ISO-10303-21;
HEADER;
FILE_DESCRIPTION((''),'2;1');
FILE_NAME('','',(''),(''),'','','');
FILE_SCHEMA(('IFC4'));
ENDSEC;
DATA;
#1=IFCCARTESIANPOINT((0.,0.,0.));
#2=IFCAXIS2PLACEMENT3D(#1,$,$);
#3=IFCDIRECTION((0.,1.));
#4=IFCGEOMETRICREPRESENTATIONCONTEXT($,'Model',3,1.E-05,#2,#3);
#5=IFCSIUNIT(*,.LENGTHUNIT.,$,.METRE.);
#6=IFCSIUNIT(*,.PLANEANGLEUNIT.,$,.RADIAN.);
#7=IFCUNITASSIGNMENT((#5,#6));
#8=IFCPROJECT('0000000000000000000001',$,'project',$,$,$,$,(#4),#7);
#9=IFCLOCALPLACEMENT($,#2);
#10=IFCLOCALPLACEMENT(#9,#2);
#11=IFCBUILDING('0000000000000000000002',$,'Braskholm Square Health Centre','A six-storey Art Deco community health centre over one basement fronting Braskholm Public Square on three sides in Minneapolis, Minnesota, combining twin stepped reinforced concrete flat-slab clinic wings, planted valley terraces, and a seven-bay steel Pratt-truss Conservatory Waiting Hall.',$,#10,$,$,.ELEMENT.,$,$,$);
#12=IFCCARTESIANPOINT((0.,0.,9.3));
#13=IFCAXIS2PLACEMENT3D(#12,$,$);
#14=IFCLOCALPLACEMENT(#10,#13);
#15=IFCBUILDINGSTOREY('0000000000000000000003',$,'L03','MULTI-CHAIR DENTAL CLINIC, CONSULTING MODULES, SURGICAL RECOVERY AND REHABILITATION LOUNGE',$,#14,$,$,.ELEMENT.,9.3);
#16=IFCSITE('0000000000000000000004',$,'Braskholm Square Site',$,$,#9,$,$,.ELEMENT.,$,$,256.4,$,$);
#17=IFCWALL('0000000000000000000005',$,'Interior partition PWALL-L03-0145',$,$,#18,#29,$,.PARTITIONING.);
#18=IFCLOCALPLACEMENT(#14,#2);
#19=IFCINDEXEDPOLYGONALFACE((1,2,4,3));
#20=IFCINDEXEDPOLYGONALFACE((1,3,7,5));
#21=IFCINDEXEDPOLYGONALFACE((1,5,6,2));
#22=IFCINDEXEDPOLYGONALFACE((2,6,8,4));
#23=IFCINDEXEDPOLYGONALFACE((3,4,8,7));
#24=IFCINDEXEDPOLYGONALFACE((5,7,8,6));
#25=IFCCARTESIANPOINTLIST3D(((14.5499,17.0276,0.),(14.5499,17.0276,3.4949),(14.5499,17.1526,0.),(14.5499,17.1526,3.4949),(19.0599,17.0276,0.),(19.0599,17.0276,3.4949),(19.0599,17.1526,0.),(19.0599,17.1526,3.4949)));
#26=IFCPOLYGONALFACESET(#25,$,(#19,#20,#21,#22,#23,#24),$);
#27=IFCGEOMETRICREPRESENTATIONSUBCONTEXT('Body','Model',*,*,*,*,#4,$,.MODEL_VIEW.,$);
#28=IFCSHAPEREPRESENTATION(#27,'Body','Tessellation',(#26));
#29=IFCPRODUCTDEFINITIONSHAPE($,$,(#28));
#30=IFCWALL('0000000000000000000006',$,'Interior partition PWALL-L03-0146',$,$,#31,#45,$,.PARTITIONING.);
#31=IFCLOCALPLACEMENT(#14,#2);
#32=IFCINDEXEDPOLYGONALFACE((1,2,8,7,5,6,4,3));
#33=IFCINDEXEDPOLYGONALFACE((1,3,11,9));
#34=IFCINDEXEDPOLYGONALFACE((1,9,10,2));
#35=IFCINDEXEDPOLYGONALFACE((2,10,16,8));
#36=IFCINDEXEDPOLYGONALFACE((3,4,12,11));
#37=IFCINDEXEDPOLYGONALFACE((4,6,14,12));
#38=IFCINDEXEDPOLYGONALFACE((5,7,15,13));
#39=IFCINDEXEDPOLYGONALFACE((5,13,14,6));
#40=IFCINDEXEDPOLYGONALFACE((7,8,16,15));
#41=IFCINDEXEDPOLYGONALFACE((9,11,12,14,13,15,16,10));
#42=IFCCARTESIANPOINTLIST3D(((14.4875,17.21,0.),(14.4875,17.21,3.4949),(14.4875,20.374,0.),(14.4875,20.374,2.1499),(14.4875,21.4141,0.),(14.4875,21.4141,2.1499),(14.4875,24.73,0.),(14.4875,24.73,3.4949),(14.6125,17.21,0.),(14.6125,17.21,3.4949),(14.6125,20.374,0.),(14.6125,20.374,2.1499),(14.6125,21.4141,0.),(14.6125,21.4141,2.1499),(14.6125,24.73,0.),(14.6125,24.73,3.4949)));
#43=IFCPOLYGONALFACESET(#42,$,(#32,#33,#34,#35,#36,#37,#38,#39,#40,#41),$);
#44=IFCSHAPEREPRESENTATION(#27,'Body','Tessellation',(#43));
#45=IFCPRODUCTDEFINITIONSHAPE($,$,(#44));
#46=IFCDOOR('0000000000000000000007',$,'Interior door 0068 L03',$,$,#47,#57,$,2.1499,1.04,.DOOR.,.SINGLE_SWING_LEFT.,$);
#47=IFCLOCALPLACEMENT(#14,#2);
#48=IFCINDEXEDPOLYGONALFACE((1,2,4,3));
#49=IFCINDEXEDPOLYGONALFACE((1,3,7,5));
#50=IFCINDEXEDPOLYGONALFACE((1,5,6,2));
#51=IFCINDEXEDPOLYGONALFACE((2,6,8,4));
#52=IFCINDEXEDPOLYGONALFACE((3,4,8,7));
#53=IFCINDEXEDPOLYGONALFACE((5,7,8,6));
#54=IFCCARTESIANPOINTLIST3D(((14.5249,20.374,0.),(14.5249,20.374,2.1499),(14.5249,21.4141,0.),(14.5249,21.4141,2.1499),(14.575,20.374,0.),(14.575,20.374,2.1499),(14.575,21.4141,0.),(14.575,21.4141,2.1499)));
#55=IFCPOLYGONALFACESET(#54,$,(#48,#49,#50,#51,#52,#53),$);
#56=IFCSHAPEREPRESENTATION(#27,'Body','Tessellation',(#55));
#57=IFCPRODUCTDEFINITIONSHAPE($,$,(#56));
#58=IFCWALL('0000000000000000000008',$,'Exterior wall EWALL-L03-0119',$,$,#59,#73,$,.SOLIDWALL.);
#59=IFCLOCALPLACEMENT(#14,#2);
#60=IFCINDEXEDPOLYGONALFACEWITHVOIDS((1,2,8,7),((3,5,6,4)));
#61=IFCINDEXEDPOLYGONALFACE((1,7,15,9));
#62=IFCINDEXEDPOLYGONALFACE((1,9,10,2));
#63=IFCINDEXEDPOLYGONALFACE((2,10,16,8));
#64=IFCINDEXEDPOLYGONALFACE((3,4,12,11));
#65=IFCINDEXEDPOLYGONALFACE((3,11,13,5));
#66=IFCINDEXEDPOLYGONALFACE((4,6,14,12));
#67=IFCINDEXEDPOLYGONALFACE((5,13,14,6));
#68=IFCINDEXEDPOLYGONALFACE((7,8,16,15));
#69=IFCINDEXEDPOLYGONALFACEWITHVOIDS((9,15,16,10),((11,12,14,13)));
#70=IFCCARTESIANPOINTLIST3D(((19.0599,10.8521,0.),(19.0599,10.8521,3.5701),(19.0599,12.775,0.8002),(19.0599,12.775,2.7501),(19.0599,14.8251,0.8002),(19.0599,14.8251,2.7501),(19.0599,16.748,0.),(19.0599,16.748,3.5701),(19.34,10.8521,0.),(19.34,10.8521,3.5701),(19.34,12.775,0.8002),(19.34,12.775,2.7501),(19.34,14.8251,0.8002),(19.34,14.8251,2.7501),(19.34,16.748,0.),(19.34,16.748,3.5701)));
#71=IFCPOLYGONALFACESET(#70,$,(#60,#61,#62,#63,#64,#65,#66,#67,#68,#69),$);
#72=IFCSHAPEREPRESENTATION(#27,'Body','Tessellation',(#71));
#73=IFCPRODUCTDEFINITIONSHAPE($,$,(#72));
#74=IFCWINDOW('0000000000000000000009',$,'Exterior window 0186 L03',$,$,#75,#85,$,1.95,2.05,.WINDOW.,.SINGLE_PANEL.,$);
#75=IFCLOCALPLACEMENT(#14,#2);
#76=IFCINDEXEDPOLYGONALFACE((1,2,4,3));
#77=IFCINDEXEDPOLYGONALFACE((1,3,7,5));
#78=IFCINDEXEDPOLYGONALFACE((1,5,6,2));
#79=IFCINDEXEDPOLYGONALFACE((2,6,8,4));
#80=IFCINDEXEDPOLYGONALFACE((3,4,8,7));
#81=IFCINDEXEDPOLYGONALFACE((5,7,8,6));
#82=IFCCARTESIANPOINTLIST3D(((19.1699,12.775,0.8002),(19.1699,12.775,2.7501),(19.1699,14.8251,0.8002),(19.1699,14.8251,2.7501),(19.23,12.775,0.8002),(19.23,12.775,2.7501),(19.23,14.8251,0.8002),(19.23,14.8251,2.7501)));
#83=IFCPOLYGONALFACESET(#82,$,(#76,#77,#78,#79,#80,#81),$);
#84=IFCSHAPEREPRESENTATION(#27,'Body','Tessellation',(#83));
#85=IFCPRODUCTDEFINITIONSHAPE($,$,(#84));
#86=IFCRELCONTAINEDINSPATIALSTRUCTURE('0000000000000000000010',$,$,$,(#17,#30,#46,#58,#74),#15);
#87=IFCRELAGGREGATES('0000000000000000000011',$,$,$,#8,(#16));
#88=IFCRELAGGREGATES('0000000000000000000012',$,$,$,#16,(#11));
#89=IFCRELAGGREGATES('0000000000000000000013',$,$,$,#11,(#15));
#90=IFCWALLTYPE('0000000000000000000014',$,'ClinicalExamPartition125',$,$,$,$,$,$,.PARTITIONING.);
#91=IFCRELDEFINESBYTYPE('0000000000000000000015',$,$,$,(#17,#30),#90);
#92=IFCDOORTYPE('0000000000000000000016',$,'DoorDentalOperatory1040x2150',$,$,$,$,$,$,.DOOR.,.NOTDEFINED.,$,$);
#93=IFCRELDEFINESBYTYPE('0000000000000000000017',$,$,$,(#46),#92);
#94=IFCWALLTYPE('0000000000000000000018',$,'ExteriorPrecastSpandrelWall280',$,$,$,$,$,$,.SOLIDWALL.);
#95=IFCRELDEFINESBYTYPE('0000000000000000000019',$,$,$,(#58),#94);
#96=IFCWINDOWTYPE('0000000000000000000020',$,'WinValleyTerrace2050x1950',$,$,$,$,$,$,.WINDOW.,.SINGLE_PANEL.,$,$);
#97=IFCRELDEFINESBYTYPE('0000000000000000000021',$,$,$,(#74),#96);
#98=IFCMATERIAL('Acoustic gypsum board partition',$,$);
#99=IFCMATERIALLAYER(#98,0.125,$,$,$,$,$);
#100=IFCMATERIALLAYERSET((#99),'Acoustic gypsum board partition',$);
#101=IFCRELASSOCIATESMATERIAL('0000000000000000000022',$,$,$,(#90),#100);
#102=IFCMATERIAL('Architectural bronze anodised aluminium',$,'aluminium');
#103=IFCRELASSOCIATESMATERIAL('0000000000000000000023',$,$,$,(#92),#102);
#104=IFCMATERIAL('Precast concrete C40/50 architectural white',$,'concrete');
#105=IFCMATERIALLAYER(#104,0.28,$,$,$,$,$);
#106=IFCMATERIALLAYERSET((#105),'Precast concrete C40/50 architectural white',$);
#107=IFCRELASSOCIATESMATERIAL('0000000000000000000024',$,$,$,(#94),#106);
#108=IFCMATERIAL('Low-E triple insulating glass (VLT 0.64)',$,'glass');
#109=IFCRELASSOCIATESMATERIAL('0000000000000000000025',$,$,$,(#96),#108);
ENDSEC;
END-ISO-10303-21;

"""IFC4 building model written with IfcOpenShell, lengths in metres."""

from ifc_helpers import new_model, si_unit, direction, frame, frame_2d, origin, origin_with_axes, place, context, subcontext, project, spatial, rectangle, extrude, material, layer, layer_set, type_object, element, fill, save


model = new_model("IFC4")

# Units and contexts
model_context = context("Model", 3, precision=1e-05, world=origin(), true_north=direction((0.0, 1.0)))
body_context = subcontext(model_context, "Body", "Model", "MODEL_VIEW")
ifc_project = project(units=[si_unit("LENGTHUNIT", "METRE"), si_unit("PLANEANGLEUNIT", "RADIAN")], contexts=[model_context])

# Site, building, storey
site_placement = place(None, origin())
site = spatial("IfcSite", under=ifc_project, at=site_placement, Name="Braskholm Square Site", CompositionType="ELEMENT", RefElevation=256.4)
building_placement = place(site_placement, origin())
building = spatial("IfcBuilding", under=site, at=building_placement, Name="Braskholm Square Health Centre", Description="A six-storey Art Deco community health centre over one basement fronting Braskholm Public Square on three sides in Minneapolis, Minnesota, combining twin stepped reinforced concrete flat-slab clinic wings, planted valley terraces, and a seven-bay steel Pratt-truss Conservatory Waiting Hall.", CompositionType="ELEMENT")
storey_placement = place(building_placement, frame((0.0, 0.0, 9.3)))
storey = spatial("IfcBuildingStorey", under=building, at=storey_placement, Name="L03", Description="MULTI-CHAIR DENTAL CLINIC, CONSULTING MODULES, SURGICAL RECOVERY AND REHABILITATION LOUNGE", CompositionType="ELEMENT", Elevation=9.3)

# Shared definitions
ifc_material_1 = material(Name="Precast concrete C40/50 architectural white", Category="concrete")

# Shared definitions
ifc_material_2 = material(Name="Low-E triple insulating glass (VLT 0.64)", Category="glass")
ifc_material_3 = material(Name="Architectural bronze anodised aluminium", Category="aluminium")

# Shared definitions
ifc_material_4 = material(Name="Acoustic gypsum board partition")
ifc_layer_1 = layer(ifc_material_4, 0.125)
ifc_layer_set_1 = layer_set([ifc_layer_1], Name="Acoustic gypsum board partition")
wall_type_1 = type_object("IfcWallType", Name="ClinicalExamPartition125", PredefinedType="PARTITIONING", material=ifc_layer_set_1)

# Wall
wall_1_placement = place(storey_placement, frame((14.55, 17.0901, 0.0), z_axis=(0.0, 0.0, 1.0), x_axis=(1.0, 0.0, 0.0)))
element("IfcWall", 1, at=wall_1_placement, inside=storey, type_object=wall_type_1, Name="Interior partition PWALL-L03-0145", PredefinedType="PARTITIONING", context=body_context, shape_type="SweptSolid", body=[
    extrude(rectangle(XDim=4.51, YDim=0.125, at=frame_2d((2.2549, 0.0))), origin(), (0.0, 0.0, 1.0), 3.4949),
])

# Wall, opening, door
wall_2_placement = place(storey_placement, frame((14.55, 17.21, 0.0), z_axis=(0.0, 0.0, 1.0), x_axis=(0.0, 1.0, 0.0)))
wall_2 = element("IfcWall", 2, at=wall_2_placement, inside=storey, type_object=wall_type_1, Name="Interior partition PWALL-L03-0146", PredefinedType="PARTITIONING", context=body_context, shape_type="SweptSolid", body=[
    extrude(rectangle(XDim=7.52, YDim=0.125, at=frame_2d((3.76, 0.0))), origin(), (0.0, 0.0, 1.0), 3.4949),
])
opening_1_placement = place(wall_2_placement, frame((3.1641, 0.0, 0.0)))
opening_1 = element("IfcOpeningElement", 3, at=opening_1_placement, cuts=wall_2, PredefinedType="OPENING", context=body_context, shape_type="SweptSolid", body=[
    extrude(rectangle(XDim=1.04, YDim=2.1499, at=frame_2d((0.52, 1.075))), frame((0.0, 0.0725, 0.0), z_axis=(0.0, -1.0, 0.0), x_axis=(1.0, 0.0, 0.0)), (0.0, 0.0, 1.0), 0.145),
])
door_type_1 = type_object("IfcDoorType", Name="DoorDentalOperatory1040x2150", OperationType="NOTDEFINED", PredefinedType="DOOR", material=ifc_material_3)
door_1_placement = place(opening_1_placement, frame((1.04, 0.0, 0.0), z_axis=(0.0, 0.0, 1.0), x_axis=(-1.0, 0.0, 0.0)))
door_1 = element("IfcDoor", 4, at=door_1_placement, inside=storey, type_object=door_type_1, Name="Interior door 0068 L03", OperationType="SINGLE_SWING_LEFT", OverallHeight=2.1499, OverallWidth=1.04, PredefinedType="DOOR", context=body_context, shape_type="SweptSolid", body=[
    extrude(rectangle(XDim=1.04, YDim=2.1499, at=frame_2d((0.52, 1.075))), frame((0.0, 0.0249, 0.0), z_axis=(0.0, -1.0, 0.0), x_axis=(1.0, 0.0, 0.0)), (0.0, 0.0, 1.0), 0.05),
])
fill(opening_1, door_1)

# Wall, opening, window
ifc_layer_2 = layer(ifc_material_1, 0.28)
ifc_layer_set_2 = layer_set([ifc_layer_2], Name="Precast concrete C40/50 architectural white")
wall_type_2 = type_object("IfcWallType", Name="ExteriorPrecastSpandrelWall280", PredefinedType="SOLIDWALL", material=ifc_layer_set_2)
wall_3_placement = place(storey_placement, frame((19.2, 10.8521, 0.0), z_axis=(0.0, 0.0, 1.0), x_axis=(0.0, 1.0, 0.0)))
wall_3 = element("IfcWall", 5, at=wall_3_placement, inside=storey, type_object=wall_type_2, Name="Exterior wall EWALL-L03-0119", PredefinedType="SOLIDWALL", context=body_context, shape_type="SweptSolid", body=[
    extrude(rectangle(XDim=5.896, YDim=0.28, at=frame_2d((2.948, 0.0))), origin(), (0.0, 0.0, 1.0), 3.5701),
])
opening_2_placement = place(wall_3_placement, frame((1.9231, 0.0, 0.8)))
opening_2 = element("IfcOpeningElement", 6, at=opening_2_placement, cuts=wall_3, PredefinedType="OPENING", context=body_context, shape_type="SweptSolid", body=[
    extrude(rectangle(XDim=2.05, YDim=1.95, at=frame_2d((1.0249, 0.9751))), frame((0.0, 0.1499, 0.0), z_axis=(0.0, -1.0, 0.0), x_axis=(1.0, 0.0, 0.0)), (0.0, 0.0, 1.0), 0.3),
])
window_type = type_object("IfcWindowType", Name="WinValleyTerrace2050x1950", PartitioningType="SINGLE_PANEL", PredefinedType="WINDOW", material=ifc_material_2)
window_placement = place(opening_2_placement, origin_with_axes())
window = element("IfcWindow", 7, at=window_placement, inside=storey, type_object=window_type, Name="Exterior window 0186 L03", OverallHeight=1.95, OverallWidth=2.05, PartitioningType="SINGLE_PANEL", PredefinedType="WINDOW", context=body_context, shape_type="SweptSolid", body=[
    extrude(rectangle(XDim=2.05, YDim=1.95, at=frame_2d((1.0249, 0.9751))), frame((0.0, 0.03, 0.0), z_axis=(0.0, -1.0, 0.0), x_axis=(1.0, 0.0, 0.0)), (0.0, 0.0, 1.0), 0.0601),
])
fill(opening_2, window)

save(model, "model.ifc")
